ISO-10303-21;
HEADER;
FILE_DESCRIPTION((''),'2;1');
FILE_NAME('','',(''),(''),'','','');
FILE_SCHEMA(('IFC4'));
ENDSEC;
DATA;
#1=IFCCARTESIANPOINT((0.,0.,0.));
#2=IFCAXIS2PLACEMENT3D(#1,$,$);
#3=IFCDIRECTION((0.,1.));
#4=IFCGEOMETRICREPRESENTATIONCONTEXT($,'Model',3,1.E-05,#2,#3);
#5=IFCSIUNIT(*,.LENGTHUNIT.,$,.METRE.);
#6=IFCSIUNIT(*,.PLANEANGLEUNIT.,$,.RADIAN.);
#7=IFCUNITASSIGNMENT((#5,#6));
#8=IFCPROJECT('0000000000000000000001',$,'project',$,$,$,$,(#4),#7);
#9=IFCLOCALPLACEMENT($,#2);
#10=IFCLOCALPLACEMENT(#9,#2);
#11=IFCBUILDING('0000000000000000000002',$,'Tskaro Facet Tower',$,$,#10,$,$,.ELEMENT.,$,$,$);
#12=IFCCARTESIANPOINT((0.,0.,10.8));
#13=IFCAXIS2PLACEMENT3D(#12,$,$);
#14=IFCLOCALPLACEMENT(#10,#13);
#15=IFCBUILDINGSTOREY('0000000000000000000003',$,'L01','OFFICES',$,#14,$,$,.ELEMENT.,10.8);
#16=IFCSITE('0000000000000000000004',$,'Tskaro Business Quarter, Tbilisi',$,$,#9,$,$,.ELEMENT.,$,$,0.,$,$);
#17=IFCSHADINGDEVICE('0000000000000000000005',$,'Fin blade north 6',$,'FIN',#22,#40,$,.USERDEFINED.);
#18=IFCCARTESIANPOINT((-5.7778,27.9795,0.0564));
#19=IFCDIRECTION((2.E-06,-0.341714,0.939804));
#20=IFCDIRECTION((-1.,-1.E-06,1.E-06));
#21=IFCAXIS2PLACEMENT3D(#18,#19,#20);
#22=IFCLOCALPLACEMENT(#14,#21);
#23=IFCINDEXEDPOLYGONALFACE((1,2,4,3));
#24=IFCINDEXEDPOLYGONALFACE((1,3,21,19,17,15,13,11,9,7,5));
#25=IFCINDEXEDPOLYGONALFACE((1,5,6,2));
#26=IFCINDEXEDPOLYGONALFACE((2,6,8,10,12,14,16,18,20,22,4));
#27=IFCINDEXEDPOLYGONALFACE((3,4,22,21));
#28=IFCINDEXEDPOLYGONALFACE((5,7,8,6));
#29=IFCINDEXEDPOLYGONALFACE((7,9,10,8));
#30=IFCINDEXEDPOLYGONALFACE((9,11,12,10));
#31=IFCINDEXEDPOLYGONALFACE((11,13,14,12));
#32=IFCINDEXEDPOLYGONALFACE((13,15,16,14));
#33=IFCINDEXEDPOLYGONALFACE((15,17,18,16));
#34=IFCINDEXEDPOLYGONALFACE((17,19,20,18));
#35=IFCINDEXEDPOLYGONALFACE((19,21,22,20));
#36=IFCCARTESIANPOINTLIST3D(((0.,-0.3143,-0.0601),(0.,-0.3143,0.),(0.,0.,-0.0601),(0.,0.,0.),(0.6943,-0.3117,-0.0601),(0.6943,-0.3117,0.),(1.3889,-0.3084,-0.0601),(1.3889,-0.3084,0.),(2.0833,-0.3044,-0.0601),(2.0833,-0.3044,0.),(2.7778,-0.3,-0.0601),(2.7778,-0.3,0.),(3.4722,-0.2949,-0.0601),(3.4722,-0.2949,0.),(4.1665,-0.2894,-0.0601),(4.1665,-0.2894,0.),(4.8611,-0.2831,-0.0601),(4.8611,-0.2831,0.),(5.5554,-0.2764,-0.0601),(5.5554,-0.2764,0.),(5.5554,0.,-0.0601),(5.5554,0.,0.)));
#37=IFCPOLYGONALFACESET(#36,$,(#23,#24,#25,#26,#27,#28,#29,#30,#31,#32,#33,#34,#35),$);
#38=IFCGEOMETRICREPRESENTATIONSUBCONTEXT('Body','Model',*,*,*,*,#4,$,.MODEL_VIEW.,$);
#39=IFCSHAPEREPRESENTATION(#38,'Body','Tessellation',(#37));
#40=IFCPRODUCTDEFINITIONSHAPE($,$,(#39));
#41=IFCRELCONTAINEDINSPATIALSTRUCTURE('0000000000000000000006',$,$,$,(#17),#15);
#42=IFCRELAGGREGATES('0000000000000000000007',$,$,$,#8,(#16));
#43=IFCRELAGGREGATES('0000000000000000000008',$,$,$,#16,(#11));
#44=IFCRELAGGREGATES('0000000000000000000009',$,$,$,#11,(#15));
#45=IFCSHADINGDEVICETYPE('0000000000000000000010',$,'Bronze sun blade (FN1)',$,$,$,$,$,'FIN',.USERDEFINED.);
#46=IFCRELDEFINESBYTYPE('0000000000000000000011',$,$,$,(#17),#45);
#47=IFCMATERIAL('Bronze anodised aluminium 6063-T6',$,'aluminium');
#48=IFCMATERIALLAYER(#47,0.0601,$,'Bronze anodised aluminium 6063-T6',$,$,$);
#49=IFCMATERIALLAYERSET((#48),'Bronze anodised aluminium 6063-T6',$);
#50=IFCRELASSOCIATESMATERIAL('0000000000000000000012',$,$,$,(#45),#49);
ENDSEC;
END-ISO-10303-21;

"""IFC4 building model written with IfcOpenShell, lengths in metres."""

from ifc_helpers import new_model, si_unit, direction, frame, origin, place, context, subcontext, project, spatial, polyline, outline, extrude, material, layer, layer_set, type_object, element, save


model = new_model("IFC4")

# Units and contexts
model_context = context("Model", 3, precision=1e-05, world=origin(), true_north=direction((0.0, 1.0)))
body_context = subcontext(model_context, "Body", "Model", "MODEL_VIEW")
ifc_project = project(units=[si_unit("LENGTHUNIT", "METRE"), si_unit("PLANEANGLEUNIT", "RADIAN")], contexts=[model_context])

# Site, building, storey
site_placement = place(None, origin())
site = spatial("IfcSite", under=ifc_project, at=site_placement, Name="Tskaro Business Quarter, Tbilisi", CompositionType="ELEMENT", RefElevation=0.0)
building_placement = place(site_placement, origin())
building = spatial("IfcBuilding", under=site, at=building_placement, Name="Tskaro Facet Tower", CompositionType="ELEMENT")
storey_placement = place(building_placement, frame((0.0, 0.0, 10.8)))
storey = spatial("IfcBuildingStorey", under=building, at=storey_placement, Name="L01", Description="OFFICES", CompositionType="ELEMENT", Elevation=10.8)

# Shared definitions
ifc_material_1 = material(Name="Bronze anodised aluminium 6063-T6", Category="aluminium")

# Shading device
ifc_layer_1 = layer(ifc_material_1, 0.0601, Name="Bronze anodised aluminium 6063-T6")
ifc_layer_set_1 = layer_set([ifc_layer_1], Name="Bronze anodised aluminium 6063-T6")
shading_device_type = type_object("IfcShadingDeviceType", Name="Bronze sun blade (FN1)", ElementType="FIN", PredefinedType="USERDEFINED", material=ifc_layer_set_1)
shading_device_1_placement = place(storey_placement, frame((-5.7778, 27.9795, 0.0564), z_axis=(0.000002, -0.341714, 0.939804), x_axis=(-1.0, -0.000001, 0.000001)))
element("IfcShadingDevice", 1, at=shading_device_1_placement, inside=storey, type_object=shading_device_type, Name="Fin blade north 6", ObjectType="FIN", PredefinedType="USERDEFINED", context=body_context, shape_type="SweptSolid", body=[
    extrude(outline(polyline([(0.0, 0.0), (5.5554, 0.0), (5.5554, -0.2764), (4.8611, -0.2831), (4.1665, -0.2894), (3.4722, -0.2949), (2.7778, -0.3), (2.0833, -0.3044), (1.3889, -0.3084), (0.6943, -0.3117), (0.0, -0.3143), (0.0, 0.0)])), origin(), (0.0, 0.0, -1.0), 0.0601),
])

save(model, "model.ifc")
